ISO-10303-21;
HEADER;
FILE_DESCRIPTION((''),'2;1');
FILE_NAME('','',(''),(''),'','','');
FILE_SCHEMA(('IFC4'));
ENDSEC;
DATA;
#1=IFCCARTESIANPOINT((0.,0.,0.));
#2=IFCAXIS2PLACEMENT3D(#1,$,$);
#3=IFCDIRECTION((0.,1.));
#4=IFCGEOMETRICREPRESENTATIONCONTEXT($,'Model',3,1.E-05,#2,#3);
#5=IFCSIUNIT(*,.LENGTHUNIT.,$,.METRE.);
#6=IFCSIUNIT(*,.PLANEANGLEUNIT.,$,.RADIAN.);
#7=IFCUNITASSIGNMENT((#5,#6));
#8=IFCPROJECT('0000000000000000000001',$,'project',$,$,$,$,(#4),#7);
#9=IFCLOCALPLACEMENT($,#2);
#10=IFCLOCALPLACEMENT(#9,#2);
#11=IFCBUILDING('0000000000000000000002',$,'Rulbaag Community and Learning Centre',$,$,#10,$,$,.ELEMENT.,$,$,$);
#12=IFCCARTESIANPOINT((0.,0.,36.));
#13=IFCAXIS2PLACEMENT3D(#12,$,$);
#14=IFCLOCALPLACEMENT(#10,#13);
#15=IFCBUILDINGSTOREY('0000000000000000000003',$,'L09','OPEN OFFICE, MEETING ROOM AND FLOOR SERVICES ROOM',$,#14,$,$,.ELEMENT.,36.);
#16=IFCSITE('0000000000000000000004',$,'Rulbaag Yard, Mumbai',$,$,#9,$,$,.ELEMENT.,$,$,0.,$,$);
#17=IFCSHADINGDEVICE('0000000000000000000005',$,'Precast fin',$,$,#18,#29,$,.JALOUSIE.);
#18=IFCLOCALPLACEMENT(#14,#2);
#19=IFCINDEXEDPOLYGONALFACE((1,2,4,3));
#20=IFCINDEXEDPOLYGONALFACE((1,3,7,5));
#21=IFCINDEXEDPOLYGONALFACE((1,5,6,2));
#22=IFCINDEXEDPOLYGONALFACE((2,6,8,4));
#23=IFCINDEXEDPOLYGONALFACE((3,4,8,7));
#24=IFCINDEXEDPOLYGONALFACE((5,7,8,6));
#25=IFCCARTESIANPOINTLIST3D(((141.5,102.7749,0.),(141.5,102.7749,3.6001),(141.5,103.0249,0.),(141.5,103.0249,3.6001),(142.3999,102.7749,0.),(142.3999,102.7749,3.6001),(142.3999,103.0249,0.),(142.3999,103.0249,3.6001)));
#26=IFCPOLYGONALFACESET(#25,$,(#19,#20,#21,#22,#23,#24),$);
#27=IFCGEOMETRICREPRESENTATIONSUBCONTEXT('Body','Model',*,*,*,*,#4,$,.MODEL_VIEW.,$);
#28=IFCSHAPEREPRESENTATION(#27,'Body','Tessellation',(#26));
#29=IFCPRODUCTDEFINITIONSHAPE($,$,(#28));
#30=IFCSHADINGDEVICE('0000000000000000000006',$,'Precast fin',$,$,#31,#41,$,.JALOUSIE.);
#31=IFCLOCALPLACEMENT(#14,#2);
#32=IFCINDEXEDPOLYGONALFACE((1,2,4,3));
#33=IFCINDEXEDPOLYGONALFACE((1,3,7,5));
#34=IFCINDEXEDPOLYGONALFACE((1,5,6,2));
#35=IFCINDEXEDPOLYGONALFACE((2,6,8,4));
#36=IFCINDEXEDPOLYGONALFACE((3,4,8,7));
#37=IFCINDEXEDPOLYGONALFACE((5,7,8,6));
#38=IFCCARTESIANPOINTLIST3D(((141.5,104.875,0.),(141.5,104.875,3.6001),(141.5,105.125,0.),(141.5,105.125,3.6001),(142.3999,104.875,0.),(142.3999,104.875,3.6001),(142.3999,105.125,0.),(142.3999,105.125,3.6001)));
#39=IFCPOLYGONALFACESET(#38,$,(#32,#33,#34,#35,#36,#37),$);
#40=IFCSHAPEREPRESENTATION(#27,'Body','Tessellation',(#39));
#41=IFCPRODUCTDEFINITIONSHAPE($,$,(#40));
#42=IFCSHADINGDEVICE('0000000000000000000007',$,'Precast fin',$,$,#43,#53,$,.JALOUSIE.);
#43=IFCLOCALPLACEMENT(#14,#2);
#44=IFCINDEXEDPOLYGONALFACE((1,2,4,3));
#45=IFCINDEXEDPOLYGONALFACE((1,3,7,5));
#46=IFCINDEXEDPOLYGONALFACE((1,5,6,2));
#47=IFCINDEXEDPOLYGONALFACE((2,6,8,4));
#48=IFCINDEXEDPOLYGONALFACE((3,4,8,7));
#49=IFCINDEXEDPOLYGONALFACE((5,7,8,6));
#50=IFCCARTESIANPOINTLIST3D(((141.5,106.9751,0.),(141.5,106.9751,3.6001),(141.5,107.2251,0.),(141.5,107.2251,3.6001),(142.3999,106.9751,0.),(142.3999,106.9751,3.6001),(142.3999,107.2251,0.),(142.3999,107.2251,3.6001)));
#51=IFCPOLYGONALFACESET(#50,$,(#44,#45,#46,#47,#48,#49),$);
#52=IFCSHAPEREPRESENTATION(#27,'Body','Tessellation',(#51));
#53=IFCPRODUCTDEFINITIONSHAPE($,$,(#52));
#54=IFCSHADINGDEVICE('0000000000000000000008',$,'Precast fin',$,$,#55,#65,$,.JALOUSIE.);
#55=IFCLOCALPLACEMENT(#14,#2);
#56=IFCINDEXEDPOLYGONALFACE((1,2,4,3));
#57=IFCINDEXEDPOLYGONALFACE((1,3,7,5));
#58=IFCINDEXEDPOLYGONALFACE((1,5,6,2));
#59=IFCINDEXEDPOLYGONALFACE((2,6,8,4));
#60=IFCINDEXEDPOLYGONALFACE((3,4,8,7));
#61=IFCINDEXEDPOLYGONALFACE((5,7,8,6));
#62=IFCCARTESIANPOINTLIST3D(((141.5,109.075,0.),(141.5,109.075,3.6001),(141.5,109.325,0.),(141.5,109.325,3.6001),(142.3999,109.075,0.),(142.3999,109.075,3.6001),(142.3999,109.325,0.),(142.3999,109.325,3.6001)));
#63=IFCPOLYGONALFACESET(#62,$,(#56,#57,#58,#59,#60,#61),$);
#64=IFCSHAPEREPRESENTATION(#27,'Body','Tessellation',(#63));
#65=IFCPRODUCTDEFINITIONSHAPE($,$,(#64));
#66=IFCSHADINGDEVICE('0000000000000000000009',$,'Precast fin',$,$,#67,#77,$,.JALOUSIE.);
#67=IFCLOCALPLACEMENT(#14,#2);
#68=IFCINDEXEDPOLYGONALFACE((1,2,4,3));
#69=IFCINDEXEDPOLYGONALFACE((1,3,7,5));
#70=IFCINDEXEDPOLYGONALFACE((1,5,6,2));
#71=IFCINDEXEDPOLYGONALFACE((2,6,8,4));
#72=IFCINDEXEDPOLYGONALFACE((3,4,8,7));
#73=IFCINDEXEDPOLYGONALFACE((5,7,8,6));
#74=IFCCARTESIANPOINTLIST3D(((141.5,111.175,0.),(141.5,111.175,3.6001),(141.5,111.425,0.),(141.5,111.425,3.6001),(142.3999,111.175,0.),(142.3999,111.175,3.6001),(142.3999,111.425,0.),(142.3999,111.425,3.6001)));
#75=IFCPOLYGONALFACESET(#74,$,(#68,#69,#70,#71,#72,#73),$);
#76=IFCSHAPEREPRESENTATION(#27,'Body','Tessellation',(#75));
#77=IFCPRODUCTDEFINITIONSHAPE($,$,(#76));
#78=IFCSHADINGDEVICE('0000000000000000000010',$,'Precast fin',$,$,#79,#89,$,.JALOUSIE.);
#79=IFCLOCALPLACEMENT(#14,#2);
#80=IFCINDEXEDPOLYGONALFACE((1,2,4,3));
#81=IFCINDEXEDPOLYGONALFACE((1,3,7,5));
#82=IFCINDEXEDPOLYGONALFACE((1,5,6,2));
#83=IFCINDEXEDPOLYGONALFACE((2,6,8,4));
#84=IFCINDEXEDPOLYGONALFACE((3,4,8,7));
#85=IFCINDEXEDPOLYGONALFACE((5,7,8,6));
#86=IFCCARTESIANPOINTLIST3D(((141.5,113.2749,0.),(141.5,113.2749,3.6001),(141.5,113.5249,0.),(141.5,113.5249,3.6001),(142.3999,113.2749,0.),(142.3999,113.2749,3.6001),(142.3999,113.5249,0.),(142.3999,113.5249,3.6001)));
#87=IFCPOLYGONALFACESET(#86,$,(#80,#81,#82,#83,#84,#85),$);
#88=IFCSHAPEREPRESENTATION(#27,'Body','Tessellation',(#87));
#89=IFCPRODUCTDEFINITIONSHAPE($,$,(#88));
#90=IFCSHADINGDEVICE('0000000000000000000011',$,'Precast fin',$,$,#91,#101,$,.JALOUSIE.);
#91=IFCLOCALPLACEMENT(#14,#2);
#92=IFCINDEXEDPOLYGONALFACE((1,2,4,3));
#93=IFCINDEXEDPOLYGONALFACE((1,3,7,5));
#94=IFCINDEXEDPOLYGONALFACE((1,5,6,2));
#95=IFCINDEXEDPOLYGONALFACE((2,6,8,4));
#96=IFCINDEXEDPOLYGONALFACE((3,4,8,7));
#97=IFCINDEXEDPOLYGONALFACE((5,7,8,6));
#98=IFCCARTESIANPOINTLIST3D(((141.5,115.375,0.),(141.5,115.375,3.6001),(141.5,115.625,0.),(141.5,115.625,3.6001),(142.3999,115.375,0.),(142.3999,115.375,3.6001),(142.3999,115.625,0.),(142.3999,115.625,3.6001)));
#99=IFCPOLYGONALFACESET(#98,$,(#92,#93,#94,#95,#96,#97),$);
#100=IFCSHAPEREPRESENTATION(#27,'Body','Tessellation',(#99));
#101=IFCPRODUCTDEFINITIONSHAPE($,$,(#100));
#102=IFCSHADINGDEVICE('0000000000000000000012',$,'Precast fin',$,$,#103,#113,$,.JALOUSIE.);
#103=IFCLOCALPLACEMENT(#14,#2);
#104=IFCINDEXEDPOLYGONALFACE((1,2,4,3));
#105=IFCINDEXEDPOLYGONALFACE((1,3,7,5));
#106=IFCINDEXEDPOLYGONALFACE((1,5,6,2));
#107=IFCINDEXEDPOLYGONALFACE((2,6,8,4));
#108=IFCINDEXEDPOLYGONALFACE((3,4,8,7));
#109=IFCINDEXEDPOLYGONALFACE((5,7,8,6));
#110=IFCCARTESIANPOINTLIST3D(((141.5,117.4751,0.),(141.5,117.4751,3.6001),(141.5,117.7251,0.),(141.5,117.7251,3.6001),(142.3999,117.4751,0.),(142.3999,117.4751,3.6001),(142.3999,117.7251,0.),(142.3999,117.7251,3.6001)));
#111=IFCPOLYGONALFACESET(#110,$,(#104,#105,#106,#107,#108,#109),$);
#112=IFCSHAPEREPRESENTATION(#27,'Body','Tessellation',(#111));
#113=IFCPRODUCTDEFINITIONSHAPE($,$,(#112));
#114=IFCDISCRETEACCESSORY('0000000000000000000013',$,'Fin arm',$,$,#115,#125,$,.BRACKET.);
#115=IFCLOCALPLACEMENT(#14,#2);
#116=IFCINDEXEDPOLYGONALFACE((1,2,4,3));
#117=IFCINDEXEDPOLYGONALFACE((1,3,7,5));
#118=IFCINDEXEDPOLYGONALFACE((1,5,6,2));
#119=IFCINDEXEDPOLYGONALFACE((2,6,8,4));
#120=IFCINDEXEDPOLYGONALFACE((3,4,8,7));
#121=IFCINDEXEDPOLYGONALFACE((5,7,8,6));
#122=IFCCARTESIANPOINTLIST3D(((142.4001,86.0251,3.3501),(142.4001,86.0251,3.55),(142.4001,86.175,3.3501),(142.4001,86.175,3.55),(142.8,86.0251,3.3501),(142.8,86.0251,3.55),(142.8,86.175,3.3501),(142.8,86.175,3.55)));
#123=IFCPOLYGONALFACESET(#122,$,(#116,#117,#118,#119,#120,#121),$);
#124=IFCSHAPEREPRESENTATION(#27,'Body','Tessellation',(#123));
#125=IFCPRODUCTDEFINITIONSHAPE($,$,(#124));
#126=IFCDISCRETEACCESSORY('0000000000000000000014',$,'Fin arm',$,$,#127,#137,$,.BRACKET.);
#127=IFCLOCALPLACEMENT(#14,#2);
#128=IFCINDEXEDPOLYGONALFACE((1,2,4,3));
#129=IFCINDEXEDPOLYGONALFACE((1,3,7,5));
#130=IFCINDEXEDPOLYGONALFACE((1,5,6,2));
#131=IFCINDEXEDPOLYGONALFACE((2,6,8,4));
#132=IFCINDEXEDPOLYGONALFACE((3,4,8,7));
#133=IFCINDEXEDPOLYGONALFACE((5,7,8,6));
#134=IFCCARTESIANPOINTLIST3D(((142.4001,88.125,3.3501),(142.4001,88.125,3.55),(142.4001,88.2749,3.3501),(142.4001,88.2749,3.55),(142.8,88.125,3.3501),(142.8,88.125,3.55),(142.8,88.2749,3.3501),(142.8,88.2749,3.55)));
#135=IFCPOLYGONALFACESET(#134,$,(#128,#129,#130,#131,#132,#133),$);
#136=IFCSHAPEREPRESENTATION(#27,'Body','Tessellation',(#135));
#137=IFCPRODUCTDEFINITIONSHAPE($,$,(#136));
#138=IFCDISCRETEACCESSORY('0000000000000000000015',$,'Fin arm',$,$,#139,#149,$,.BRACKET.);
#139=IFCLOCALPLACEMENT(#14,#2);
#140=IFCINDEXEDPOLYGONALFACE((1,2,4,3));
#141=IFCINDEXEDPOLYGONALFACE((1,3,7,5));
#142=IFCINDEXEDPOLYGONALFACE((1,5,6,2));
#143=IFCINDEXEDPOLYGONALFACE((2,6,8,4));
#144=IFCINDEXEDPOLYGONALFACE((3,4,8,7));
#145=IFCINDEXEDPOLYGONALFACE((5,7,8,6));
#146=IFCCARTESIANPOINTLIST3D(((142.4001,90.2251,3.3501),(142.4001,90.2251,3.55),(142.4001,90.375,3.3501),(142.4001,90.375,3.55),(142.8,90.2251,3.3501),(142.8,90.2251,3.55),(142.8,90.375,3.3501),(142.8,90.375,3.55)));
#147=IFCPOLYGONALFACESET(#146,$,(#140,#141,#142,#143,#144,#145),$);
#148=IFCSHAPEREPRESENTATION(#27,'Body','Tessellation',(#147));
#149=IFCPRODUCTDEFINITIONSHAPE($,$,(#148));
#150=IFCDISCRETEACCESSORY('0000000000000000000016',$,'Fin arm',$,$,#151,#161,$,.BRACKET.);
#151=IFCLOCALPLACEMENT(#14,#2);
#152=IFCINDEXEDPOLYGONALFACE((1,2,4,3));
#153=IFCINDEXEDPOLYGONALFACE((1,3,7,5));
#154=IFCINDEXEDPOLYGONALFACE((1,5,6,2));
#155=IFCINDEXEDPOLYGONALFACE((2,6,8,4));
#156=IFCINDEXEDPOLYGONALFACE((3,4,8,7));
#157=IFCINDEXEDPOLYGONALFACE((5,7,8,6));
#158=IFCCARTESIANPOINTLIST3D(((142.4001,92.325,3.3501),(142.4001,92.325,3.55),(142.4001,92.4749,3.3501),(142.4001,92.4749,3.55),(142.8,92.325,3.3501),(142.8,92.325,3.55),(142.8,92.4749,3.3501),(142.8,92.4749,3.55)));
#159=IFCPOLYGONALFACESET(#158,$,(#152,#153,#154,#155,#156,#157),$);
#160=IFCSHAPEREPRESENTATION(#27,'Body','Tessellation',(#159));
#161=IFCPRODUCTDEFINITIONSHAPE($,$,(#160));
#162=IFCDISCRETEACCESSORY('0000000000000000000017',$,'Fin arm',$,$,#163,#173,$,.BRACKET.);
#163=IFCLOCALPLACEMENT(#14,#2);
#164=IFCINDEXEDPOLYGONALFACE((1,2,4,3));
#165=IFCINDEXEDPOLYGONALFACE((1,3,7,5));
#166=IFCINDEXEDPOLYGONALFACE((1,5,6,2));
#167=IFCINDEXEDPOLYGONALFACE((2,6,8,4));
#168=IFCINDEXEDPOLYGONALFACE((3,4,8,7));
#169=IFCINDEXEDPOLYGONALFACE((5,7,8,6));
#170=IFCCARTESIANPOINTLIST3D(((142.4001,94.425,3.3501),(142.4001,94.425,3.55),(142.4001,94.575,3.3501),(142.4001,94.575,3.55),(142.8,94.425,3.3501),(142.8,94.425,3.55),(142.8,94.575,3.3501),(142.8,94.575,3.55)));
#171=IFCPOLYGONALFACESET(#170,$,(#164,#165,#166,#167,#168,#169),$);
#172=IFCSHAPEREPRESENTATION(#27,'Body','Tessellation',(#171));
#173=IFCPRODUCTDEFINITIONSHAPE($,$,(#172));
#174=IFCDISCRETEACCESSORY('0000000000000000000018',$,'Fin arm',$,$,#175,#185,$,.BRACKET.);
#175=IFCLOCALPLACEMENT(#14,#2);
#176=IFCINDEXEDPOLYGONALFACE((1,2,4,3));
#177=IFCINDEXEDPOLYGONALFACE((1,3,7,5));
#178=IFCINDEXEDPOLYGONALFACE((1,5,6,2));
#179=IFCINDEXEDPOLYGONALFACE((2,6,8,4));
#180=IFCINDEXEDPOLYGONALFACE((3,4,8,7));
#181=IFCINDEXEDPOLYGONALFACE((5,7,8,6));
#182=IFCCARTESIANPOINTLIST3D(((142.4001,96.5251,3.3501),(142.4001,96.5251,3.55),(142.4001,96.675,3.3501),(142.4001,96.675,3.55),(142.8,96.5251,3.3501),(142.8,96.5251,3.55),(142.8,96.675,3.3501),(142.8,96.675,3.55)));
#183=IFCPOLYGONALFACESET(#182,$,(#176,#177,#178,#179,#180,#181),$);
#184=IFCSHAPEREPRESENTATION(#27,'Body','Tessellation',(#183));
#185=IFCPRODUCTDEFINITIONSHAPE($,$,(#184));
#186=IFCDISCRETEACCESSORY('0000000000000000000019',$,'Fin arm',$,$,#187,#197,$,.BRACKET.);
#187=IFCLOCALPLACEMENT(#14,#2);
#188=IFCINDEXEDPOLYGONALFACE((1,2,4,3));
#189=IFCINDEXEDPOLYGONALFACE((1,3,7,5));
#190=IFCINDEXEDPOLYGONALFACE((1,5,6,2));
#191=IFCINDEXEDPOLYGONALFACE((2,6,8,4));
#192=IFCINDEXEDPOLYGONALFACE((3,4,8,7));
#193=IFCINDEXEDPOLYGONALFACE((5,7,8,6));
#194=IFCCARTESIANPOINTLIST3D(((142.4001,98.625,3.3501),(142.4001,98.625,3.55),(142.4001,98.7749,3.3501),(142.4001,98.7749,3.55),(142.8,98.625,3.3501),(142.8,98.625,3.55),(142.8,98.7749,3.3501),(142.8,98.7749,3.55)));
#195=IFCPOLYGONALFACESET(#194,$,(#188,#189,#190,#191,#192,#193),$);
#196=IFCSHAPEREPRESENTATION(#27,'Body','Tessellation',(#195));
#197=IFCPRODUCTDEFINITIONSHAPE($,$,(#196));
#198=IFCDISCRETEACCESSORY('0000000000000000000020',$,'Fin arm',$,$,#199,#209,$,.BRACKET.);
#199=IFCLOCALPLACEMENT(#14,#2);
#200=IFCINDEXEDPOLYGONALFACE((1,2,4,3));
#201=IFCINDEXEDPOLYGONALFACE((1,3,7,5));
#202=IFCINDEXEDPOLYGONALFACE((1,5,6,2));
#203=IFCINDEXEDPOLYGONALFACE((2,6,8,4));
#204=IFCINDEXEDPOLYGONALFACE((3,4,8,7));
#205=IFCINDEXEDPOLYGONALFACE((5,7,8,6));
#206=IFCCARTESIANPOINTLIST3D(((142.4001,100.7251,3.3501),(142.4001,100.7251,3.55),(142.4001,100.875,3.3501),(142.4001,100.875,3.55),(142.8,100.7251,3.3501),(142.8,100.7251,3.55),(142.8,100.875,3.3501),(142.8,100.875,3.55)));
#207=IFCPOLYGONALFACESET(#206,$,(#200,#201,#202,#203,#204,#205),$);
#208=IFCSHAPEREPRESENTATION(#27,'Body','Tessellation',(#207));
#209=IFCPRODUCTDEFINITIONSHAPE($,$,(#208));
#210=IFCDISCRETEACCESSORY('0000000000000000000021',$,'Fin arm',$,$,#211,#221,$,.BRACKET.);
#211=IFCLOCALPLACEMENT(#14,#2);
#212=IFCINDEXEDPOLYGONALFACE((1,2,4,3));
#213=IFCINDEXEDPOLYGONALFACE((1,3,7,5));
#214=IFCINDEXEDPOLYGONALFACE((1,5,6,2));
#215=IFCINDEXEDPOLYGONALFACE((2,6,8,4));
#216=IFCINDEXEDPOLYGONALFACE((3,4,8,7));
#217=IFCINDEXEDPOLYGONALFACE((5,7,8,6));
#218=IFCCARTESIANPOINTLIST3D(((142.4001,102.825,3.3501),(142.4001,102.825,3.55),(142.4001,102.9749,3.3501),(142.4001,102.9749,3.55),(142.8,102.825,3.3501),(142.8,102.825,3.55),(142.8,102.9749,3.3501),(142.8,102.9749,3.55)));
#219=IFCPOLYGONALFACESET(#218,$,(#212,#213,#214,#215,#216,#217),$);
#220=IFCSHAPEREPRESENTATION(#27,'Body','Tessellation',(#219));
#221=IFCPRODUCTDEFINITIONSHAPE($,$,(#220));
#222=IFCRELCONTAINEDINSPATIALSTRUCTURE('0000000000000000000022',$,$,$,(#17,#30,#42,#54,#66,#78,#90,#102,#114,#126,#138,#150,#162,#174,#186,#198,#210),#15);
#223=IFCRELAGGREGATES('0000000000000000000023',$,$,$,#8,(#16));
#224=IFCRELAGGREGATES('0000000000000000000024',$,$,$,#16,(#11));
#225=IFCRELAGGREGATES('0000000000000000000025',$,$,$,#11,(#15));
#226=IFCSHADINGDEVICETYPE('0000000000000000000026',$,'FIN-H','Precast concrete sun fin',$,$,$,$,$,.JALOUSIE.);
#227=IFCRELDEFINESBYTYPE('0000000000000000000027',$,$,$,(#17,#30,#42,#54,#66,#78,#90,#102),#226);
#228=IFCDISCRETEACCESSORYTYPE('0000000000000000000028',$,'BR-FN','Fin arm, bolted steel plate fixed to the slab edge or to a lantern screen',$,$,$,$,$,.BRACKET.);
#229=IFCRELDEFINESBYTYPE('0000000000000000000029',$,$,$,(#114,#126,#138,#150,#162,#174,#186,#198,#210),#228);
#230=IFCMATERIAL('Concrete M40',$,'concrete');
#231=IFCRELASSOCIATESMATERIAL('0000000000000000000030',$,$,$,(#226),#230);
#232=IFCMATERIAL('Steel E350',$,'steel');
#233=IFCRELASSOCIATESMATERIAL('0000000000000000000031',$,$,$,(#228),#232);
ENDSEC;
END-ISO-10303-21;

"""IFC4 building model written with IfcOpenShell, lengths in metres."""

from ifc_helpers import new_model, si_unit, direction, frame, origin, origin_2d, place, context, subcontext, project, spatial, rectangle, extrude, material, material_profile, profile_set, type_object, element, save


model = new_model("IFC4")

# Units and contexts
model_context = context("Model", 3, precision=1e-05, world=origin(), true_north=direction((0.0, 1.0)))
body_context = subcontext(model_context, "Body", "Model", "MODEL_VIEW")
ifc_project = project(units=[si_unit("LENGTHUNIT", "METRE"), si_unit("PLANEANGLEUNIT", "RADIAN")], contexts=[model_context])

# Site, building, storey
site_placement = place(None, origin())
site = spatial("IfcSite", under=ifc_project, at=site_placement, Name="Rulbaag Yard, Mumbai", CompositionType="ELEMENT", RefElevation=0.0)
building_placement = place(site_placement, origin())
building = spatial("IfcBuilding", under=site, at=building_placement, Name="Rulbaag Community and Learning Centre", CompositionType="ELEMENT")
storey_placement = place(building_placement, frame((0.0, 0.0, 36.0)))
storey = spatial("IfcBuildingStorey", under=building, at=storey_placement, Name="L09", Description="OPEN OFFICE, MEETING ROOM AND FLOOR SERVICES ROOM", CompositionType="ELEMENT", Elevation=36.0)

# Shared definitions
ifc_material_1 = material(Name="Concrete M40", Category="concrete")

# Shading devices
ifc_material_profile = material_profile(ifc_material_1, rectangle(XDim=0.25, YDim=0.8999, at=origin_2d()), Name="PC 250x900")
ifc_profile_set = profile_set([ifc_material_profile], Name="Concrete M40")
shading_device_type = type_object("IfcShadingDeviceType", Name="FIN-H", Description="Precast concrete sun fin", PredefinedType="JALOUSIE", material=ifc_profile_set)
for number, where, z_axis, x_axis, name in (
    (1, (141.95, 102.8999, 0.0), (0.0, 0.0, 1.0), (0.0, 1.0, 0.0), "Precast fin"),
    (2, (141.95, 105.0, 0.0), (0.0, 0.0, 1.0), (0.0, 1.0, 0.0), "Precast fin"),
    (3, (141.95, 107.1001, 0.0), (0.0, 0.0, 1.0), (0.0, 1.0, 0.0), "Precast fin"),
    (4, (141.95, 109.2, 0.0), (0.0, 0.0, 1.0), (0.0, 1.0, 0.0), "Precast fin"),
    (5, (141.95, 111.3, 0.0), (0.0, 0.0, 1.0), (0.0, 1.0, 0.0), "Precast fin"),
    (6, (141.95, 113.3999, 0.0), (0.0, 0.0, 1.0), (0.0, 1.0, 0.0), "Precast fin"),
    (7, (141.95, 115.5, 0.0), (0.0, 0.0, 1.0), (0.0, 1.0, 0.0), "Precast fin"),
    (8, (141.95, 117.6001, 0.0), (0.0, 0.0, 1.0), (0.0, 1.0, 0.0), "Precast fin"),
):
    element("IfcShadingDevice", number, at=place(storey_placement, frame(where, z_axis=z_axis, x_axis=x_axis)), inside=storey, type_object=shading_device_type, Name=name, PredefinedType="JALOUSIE", context=body_context, shape_type="SweptSolid", body=[
        extrude(rectangle(XDim=0.25, YDim=0.8999, at=origin_2d()), origin(), (0.0, 0.0, 1.0), 3.6001),
    ])

# Discrete accessories
ifc_material_2 = material(Name="Steel E350", Category="steel")
discrete_accessory_type = type_object("IfcDiscreteAccessoryType", Name="BR-FN", Description="Fin arm, bolted steel plate fixed to the slab edge or to a lantern screen", PredefinedType="BRACKET", material=ifc_material_2)
for number, where, z_axis, x_axis, name in (
    (9, (142.6001, 86.1001, 3.3501), (0.0, 0.0, 1.0), (1.0, 0.0, 0.0), "Fin arm"),
    (10, (142.6001, 88.2, 3.3501), (0.0, 0.0, 1.0), (1.0, 0.0, 0.0), "Fin arm"),
    (11, (142.6001, 90.3, 3.3501), (0.0, 0.0, 1.0), (1.0, 0.0, 0.0), "Fin arm"),
    (12, (142.6001, 92.3999, 3.3501), (0.0, 0.0, 1.0), (1.0, 0.0, 0.0), "Fin arm"),
    (13, (142.6001, 94.5, 3.3501), (0.0, 0.0, 1.0), (1.0, 0.0, 0.0), "Fin arm"),
    (14, (142.6001, 96.6001, 3.3501), (0.0, 0.0, 1.0), (1.0, 0.0, 0.0), "Fin arm"),
    (15, (142.6001, 98.7, 3.3501), (0.0, 0.0, 1.0), (1.0, 0.0, 0.0), "Fin arm"),
    (16, (142.6001, 100.8, 3.3501), (0.0, 0.0, 1.0), (1.0, 0.0, 0.0), "Fin arm"),
    (17, (142.6001, 102.8999, 3.3501), (0.0, 0.0, 1.0), (1.0, 0.0, 0.0), "Fin arm"),
):
    element("IfcDiscreteAccessory", number, at=place(storey_placement, frame(where, z_axis=z_axis, x_axis=x_axis)), inside=storey, type_object=discrete_accessory_type, Name=name, PredefinedType="BRACKET", context=body_context, shape_type="SweptSolid", body=[
        extrude(rectangle(XDim=0.3999, YDim=0.1499, at=origin_2d()), origin(), (0.0, 0.0, 1.0), 0.2),
    ])

save(model, "model.ifc")
